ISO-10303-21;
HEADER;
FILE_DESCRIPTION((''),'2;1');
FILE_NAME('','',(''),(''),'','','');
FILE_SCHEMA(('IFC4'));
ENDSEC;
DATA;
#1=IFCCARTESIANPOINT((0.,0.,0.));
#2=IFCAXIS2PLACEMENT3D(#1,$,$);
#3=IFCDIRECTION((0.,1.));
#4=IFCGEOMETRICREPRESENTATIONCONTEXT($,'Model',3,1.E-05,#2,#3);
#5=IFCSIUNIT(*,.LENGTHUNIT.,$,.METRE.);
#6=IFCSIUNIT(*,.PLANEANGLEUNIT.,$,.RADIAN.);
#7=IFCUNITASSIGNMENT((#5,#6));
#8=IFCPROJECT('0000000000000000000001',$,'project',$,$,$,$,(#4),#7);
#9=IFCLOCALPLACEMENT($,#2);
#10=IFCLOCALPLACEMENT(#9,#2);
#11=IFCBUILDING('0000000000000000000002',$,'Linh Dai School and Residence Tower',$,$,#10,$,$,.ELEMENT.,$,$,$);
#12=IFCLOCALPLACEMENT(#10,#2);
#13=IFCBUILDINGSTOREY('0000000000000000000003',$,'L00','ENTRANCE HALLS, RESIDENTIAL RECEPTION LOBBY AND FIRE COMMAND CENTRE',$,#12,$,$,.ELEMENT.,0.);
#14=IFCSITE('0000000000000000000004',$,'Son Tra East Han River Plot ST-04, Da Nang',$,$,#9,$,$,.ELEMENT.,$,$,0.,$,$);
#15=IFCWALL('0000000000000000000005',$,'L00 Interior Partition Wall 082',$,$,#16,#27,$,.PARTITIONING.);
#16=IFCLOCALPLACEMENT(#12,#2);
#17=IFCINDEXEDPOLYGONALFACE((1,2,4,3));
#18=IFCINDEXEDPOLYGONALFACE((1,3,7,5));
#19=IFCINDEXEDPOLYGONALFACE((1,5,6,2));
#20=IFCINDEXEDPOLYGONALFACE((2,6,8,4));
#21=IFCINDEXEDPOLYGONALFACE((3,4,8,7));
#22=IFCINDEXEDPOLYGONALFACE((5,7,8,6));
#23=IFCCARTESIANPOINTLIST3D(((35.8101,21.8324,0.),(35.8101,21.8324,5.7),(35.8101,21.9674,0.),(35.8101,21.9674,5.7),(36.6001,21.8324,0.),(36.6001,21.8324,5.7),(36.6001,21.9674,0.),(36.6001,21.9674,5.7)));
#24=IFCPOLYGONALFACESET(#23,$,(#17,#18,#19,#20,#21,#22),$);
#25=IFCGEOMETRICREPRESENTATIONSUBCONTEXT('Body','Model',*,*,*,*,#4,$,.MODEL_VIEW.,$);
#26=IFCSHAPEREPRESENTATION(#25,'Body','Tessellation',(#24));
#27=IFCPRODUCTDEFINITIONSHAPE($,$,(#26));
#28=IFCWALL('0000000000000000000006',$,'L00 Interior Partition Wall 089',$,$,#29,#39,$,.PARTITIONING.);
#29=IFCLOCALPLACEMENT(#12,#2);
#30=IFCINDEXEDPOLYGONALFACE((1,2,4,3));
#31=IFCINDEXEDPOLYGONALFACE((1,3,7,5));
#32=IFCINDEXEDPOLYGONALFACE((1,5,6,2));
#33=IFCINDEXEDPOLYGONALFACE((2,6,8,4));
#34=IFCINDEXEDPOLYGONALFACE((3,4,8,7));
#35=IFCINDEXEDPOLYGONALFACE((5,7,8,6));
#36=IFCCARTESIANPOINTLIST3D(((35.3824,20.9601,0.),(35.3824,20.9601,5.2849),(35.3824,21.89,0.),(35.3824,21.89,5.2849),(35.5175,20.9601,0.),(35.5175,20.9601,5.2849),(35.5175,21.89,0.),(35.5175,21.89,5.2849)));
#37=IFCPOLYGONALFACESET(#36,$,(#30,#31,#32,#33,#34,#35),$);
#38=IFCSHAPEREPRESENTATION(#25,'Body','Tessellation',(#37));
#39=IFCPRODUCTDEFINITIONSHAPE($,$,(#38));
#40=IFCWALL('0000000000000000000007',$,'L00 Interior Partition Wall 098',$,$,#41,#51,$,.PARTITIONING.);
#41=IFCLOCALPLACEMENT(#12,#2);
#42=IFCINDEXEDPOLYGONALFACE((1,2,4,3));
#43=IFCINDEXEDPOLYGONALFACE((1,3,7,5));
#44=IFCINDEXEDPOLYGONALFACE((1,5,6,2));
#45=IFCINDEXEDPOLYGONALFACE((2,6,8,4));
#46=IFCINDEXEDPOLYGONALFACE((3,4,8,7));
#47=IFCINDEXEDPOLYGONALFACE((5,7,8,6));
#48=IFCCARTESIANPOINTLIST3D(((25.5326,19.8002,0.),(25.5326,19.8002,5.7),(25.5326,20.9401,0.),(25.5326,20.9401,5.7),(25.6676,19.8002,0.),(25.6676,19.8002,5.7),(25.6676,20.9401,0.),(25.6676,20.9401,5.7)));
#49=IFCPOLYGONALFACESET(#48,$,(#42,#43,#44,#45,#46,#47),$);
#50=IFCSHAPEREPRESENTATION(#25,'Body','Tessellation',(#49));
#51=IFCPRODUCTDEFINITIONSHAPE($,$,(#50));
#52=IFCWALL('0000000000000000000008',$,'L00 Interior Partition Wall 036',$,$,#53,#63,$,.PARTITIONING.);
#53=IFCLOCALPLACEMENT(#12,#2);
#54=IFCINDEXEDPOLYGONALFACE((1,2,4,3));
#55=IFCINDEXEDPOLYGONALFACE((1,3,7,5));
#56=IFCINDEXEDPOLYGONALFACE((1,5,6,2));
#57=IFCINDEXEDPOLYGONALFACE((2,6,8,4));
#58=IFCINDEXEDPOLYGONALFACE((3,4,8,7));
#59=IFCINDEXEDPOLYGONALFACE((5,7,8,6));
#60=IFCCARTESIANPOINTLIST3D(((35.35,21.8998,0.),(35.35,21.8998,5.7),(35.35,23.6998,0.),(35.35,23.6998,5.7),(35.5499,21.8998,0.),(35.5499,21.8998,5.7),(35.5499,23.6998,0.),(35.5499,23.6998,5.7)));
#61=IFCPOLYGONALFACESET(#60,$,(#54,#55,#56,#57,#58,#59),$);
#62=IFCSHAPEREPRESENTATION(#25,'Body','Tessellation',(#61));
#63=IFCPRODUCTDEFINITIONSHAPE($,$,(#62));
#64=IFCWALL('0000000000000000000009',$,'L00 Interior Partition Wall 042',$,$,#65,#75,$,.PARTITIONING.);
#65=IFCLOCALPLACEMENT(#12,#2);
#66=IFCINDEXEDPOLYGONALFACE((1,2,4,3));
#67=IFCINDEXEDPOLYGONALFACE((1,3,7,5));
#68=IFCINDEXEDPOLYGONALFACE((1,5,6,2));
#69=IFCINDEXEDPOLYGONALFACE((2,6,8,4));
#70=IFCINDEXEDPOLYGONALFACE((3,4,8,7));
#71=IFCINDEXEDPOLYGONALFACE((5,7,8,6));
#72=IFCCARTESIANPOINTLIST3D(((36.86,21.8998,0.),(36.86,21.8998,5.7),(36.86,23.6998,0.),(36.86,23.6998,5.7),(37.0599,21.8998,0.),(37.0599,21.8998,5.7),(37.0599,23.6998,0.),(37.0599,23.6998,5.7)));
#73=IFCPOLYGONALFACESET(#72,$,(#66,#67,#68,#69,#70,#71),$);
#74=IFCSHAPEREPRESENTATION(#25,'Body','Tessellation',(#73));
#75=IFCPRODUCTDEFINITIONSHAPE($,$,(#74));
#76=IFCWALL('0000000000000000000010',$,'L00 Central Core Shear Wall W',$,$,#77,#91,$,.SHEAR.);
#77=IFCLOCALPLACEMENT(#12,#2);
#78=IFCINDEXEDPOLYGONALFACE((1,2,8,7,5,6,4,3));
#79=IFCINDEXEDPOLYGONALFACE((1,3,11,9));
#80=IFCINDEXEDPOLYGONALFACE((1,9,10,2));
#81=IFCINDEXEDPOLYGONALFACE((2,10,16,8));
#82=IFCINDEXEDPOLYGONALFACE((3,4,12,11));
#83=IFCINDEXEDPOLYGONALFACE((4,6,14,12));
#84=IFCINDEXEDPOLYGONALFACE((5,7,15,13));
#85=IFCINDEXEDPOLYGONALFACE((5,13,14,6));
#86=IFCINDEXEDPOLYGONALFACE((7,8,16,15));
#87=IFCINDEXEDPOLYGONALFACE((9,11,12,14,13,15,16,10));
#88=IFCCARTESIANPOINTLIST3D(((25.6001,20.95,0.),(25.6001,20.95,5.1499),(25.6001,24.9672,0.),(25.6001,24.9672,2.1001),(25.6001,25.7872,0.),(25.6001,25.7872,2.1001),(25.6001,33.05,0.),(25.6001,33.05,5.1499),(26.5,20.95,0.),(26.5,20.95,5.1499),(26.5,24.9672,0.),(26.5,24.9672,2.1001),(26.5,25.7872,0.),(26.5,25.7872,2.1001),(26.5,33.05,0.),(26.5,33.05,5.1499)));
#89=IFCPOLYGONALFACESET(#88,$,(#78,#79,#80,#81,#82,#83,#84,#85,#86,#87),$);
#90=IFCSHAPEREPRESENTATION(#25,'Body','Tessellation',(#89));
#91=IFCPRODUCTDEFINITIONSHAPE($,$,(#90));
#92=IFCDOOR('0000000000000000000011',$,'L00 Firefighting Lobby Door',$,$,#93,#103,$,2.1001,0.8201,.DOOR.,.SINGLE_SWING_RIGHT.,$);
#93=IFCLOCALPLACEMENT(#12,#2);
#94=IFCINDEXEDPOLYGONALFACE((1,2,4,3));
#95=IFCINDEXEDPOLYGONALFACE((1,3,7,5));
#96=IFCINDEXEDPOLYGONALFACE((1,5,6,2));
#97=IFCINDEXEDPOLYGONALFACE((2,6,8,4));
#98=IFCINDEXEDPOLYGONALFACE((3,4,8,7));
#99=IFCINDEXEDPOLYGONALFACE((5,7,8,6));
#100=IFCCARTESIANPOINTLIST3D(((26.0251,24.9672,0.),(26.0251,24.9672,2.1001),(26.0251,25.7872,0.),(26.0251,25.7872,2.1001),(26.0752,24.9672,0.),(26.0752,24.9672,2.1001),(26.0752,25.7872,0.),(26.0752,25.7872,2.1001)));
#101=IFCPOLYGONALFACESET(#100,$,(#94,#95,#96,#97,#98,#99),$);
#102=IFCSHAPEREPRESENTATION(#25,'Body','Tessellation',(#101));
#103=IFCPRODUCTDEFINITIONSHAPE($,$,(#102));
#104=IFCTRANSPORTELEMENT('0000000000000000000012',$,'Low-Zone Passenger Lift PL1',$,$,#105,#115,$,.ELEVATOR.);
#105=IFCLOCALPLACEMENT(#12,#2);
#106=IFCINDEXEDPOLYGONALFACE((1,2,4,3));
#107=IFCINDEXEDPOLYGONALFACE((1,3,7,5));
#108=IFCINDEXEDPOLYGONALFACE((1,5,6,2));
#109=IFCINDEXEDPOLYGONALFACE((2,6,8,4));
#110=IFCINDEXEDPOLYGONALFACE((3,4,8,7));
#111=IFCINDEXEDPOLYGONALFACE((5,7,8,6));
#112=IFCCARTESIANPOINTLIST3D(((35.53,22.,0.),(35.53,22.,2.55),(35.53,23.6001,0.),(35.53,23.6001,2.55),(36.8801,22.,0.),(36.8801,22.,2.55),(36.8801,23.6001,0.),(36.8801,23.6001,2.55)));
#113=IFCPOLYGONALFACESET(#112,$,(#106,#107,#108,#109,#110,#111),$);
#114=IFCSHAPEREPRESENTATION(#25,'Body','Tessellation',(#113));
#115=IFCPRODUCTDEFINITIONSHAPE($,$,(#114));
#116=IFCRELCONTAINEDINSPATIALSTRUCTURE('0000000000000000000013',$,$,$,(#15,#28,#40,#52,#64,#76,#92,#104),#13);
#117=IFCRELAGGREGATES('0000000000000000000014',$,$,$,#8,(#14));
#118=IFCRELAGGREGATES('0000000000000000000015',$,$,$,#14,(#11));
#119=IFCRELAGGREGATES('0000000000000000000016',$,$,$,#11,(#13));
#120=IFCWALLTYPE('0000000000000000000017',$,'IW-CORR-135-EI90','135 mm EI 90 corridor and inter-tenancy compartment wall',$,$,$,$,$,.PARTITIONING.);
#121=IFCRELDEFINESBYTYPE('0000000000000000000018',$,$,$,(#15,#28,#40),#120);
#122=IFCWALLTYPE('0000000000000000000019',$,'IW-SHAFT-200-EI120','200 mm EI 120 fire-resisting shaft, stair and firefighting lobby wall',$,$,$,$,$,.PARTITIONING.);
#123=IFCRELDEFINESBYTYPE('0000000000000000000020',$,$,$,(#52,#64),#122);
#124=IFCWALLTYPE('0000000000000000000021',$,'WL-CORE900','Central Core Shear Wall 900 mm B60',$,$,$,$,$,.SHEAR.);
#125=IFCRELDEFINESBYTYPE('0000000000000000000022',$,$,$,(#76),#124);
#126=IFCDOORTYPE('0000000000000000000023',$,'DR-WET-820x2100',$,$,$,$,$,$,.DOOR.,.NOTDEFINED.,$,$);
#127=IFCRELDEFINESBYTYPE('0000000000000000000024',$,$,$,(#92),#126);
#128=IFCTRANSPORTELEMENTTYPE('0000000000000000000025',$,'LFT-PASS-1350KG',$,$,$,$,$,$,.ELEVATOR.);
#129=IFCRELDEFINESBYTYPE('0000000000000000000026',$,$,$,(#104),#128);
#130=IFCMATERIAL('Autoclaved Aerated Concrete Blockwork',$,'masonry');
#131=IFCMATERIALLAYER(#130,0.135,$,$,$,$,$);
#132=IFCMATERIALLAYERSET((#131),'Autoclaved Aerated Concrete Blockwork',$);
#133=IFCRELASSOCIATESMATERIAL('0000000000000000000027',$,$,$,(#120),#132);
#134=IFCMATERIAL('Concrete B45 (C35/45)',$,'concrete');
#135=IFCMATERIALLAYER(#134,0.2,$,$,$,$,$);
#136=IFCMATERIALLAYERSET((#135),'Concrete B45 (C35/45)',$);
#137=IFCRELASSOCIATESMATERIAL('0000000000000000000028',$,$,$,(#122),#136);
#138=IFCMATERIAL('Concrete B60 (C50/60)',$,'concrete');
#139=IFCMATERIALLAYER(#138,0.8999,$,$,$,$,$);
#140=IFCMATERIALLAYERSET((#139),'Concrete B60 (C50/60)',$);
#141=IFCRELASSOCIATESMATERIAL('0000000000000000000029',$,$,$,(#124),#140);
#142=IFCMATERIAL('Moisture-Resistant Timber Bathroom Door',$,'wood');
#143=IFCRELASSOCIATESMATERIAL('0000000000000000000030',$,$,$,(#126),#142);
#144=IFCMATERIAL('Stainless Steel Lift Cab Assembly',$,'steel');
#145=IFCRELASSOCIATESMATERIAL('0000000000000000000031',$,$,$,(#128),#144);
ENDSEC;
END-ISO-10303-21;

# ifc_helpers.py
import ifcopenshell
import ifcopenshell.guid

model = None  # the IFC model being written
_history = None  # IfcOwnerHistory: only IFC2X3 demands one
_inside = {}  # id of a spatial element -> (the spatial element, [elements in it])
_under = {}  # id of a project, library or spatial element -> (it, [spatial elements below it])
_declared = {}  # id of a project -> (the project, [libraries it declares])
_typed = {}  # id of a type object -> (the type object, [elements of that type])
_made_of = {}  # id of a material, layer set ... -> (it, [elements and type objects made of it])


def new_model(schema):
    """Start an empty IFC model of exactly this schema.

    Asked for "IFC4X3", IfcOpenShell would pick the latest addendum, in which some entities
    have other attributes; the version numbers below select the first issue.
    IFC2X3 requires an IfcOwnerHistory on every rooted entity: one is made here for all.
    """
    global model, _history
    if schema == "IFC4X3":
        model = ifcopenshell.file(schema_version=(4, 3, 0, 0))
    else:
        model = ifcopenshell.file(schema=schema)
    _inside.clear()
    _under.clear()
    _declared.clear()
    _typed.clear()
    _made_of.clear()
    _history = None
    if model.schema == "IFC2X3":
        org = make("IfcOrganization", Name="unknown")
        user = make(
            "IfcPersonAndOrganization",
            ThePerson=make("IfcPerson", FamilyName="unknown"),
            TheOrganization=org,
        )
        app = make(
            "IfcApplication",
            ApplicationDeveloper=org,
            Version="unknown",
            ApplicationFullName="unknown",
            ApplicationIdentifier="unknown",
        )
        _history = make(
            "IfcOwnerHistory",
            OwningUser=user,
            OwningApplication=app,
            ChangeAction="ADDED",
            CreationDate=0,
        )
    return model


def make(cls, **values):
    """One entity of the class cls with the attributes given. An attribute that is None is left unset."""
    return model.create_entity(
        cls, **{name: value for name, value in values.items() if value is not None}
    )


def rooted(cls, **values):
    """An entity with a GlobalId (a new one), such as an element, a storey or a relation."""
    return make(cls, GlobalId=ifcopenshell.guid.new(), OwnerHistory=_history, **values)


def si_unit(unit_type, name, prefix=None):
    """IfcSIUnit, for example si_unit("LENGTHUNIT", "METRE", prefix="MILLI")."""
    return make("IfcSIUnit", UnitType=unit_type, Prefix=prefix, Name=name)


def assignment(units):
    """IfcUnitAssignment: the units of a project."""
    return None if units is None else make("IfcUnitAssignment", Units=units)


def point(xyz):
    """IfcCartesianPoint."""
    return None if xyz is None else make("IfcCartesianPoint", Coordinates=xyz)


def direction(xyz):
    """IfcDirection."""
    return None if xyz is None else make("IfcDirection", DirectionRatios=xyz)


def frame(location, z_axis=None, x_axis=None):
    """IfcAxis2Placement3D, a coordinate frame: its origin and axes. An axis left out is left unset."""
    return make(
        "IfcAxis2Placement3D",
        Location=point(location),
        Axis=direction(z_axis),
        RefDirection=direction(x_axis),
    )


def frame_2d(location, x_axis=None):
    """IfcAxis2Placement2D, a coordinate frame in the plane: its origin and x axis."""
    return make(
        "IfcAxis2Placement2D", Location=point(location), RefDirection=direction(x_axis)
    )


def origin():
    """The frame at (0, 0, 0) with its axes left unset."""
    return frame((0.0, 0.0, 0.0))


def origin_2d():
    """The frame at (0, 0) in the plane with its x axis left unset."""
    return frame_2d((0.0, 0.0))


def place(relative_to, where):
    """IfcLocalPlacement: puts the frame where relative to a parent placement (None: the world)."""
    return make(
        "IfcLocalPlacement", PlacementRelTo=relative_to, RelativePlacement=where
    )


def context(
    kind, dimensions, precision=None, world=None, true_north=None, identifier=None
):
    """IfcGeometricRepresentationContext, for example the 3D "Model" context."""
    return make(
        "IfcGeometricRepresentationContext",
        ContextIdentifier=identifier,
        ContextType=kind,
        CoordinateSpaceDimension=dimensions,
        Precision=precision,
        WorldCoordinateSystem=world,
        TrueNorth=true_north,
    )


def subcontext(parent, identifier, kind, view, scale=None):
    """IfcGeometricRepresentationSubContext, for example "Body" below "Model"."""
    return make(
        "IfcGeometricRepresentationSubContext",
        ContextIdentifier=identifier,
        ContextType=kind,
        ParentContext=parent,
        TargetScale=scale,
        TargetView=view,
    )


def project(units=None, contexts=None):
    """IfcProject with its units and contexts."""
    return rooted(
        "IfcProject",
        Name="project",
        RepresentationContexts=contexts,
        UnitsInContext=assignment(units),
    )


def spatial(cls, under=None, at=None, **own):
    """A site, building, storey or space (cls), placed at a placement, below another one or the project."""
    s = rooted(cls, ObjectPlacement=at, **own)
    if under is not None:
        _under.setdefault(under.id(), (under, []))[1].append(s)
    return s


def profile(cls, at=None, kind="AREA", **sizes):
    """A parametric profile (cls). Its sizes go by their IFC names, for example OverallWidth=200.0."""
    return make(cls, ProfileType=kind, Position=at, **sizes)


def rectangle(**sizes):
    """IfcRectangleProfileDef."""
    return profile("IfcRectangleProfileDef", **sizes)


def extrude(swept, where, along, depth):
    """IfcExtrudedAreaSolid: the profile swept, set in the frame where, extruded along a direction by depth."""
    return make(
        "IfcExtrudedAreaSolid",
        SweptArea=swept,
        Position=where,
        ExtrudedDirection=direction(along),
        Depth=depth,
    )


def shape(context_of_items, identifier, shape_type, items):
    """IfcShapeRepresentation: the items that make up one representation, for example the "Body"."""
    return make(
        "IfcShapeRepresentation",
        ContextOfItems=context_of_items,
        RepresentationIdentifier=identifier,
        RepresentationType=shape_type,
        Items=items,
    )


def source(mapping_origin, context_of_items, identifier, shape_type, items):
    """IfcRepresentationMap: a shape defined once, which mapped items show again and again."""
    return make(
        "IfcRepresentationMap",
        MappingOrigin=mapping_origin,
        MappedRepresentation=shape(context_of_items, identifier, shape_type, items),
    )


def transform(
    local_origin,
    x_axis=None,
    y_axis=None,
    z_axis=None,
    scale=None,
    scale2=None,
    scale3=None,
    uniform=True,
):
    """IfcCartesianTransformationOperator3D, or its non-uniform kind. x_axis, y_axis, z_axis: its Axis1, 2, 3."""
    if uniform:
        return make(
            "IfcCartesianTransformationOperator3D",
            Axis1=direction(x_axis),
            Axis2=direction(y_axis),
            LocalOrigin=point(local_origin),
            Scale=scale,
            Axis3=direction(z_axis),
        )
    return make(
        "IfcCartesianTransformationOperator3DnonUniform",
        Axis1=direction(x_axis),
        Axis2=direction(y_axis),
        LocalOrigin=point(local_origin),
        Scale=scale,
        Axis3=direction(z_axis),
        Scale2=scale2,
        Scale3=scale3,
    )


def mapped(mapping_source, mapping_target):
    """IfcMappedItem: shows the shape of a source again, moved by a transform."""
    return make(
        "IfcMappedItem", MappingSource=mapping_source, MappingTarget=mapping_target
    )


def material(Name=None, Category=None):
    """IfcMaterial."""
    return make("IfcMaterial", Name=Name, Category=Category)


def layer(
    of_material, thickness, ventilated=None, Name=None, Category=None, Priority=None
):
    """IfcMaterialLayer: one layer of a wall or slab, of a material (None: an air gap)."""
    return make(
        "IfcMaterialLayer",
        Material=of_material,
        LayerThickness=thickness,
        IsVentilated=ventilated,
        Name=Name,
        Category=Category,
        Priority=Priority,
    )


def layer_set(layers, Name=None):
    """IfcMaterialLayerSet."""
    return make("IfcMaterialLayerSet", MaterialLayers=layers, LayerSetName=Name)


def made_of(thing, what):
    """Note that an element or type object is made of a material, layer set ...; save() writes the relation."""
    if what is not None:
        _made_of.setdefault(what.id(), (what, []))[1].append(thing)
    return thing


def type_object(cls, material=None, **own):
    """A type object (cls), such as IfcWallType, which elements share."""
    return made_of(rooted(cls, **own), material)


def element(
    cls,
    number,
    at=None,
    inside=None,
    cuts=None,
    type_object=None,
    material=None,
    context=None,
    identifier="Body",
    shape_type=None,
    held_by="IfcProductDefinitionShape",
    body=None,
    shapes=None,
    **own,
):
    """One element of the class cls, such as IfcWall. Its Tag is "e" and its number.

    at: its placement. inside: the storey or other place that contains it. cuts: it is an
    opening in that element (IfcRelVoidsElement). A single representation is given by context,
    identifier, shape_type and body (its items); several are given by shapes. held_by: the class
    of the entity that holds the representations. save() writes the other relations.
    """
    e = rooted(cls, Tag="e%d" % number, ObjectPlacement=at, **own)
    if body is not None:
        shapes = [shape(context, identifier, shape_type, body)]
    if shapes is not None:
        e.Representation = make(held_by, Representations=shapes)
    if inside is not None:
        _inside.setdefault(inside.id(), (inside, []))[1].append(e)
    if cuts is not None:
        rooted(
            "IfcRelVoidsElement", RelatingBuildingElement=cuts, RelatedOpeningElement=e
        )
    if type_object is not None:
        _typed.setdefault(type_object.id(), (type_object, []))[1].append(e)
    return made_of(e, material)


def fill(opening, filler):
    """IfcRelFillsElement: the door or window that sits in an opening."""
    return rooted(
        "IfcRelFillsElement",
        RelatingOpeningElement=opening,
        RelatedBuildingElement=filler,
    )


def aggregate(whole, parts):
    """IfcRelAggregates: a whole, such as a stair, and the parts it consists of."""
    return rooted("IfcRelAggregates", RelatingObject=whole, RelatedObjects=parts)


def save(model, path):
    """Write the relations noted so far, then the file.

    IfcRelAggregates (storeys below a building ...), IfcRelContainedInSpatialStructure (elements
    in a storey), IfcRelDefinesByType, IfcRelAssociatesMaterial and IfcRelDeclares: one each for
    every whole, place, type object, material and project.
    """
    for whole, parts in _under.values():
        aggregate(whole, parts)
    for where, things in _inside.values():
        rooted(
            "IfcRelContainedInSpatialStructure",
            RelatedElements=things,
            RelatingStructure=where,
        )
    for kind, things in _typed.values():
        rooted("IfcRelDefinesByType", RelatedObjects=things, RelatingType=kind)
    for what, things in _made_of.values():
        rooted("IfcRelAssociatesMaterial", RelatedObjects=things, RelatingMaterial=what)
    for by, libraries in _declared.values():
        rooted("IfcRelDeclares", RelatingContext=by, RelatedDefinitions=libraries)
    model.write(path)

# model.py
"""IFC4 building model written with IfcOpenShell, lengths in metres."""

from ifc_helpers import new_model, si_unit, direction, frame, frame_2d, origin, origin_2d, place, context, subcontext, project, spatial, rectangle, extrude, source, transform, mapped, material, layer, layer_set, type_object, element, fill, save


model = new_model("IFC4")

# Units and contexts
model_context = context("Model", 3, precision=1e-05, world=origin(), true_north=direction((0.0, 1.0)))
body_context = subcontext(model_context, "Body", "Model", "MODEL_VIEW")
ifc_project = project(units=[si_unit("LENGTHUNIT", "METRE"), si_unit("PLANEANGLEUNIT", "RADIAN")], contexts=[model_context])

# Site, building, storey
site_placement = place(None, origin())
site = spatial("IfcSite", under=ifc_project, at=site_placement, Name="Son Tra East Han River Plot ST-04, Da Nang", CompositionType="ELEMENT", RefElevation=0.0)
building_placement = place(site_placement, origin())
building = spatial("IfcBuilding", under=site, at=building_placement, Name="Linh Dai School and Residence Tower", CompositionType="ELEMENT")
storey_placement = place(building_placement, origin())
storey = spatial("IfcBuildingStorey", under=building, at=storey_placement, Name="L00", Description="ENTRANCE HALLS, RESIDENTIAL RECEPTION LOBBY AND FIRE COMMAND CENTRE", CompositionType="ELEMENT", Elevation=0.0)

# Shared definitions
ifc_material_1 = material(Name="Concrete B60 (C50/60)", Category="concrete")

# Walls
ifc_material_2 = material(Name="Autoclaved Aerated Concrete Blockwork", Category="masonry")
ifc_layer_1 = layer(ifc_material_2, 0.135)
ifc_layer_set_1 = layer_set([ifc_layer_1], Name="Autoclaved Aerated Concrete Blockwork")
wall_type_1 = type_object("IfcWallType", Name="IW-CORR-135-EI90", Description="135 mm EI 90 corridor and inter-tenancy compartment wall", PredefinedType="PARTITIONING", material=ifc_layer_set_1)
wall_1_placement = place(storey_placement, frame((36.6001, 21.8999, 0.0), z_axis=(0.0, 0.0, 1.0), x_axis=(-1.0, 0.0, 0.0)))
element("IfcWall", 1, at=wall_1_placement, inside=storey, type_object=wall_type_1, Name="L00 Interior Partition Wall 082", PredefinedType="PARTITIONING", context=body_context, shape_type="SweptSolid", body=[
    extrude(rectangle(XDim=0.79, YDim=0.135, at=frame_2d((0.395, 0.0))), origin(), (0.0, 0.0, 1.0), 5.7),
])
wall_2_placement = place(storey_placement, frame((35.45, 21.8899, 0.0), z_axis=(0.0, 0.0, 1.0), x_axis=(0.0, -1.0, 0.0)))
element("IfcWall", 2, at=wall_2_placement, inside=storey, type_object=wall_type_1, Name="L00 Interior Partition Wall 089", PredefinedType="PARTITIONING", context=body_context, shape_type="SweptSolid", body=[
    extrude(rectangle(XDim=0.9299, YDim=0.135, at=frame_2d((0.4648, 0.0))), origin(), (0.0, 0.0, 1.0), 5.2849),
])
wall_3_placement = place(storey_placement, frame((25.6001, 20.9399, 0.0), z_axis=(0.0, 0.0, 1.0), x_axis=(0.0, -1.0, 0.0)))
element("IfcWall", 3, at=wall_3_placement, inside=storey, type_object=wall_type_1, Name="L00 Interior Partition Wall 098", PredefinedType="PARTITIONING", context=body_context, shape_type="SweptSolid", body=[
    extrude(rectangle(XDim=1.1399, YDim=0.135, at=frame_2d((0.5698, 0.0))), origin(), (0.0, 0.0, 1.0), 5.7),
])

# Shared definitions
ifc_material_3 = material(Name="Concrete B45 (C35/45)", Category="concrete")
ifc_layer_2 = layer(ifc_material_3, 0.2)
ifc_layer_set_2 = layer_set([ifc_layer_2], Name="Concrete B45 (C35/45)")
wall_type_2 = type_object("IfcWallType", Name="IW-SHAFT-200-EI120", Description="200 mm EI 120 fire-resisting shaft, stair and firefighting lobby wall", PredefinedType="PARTITIONING", material=ifc_layer_set_2)

# Wall
wall_4_placement = place(storey_placement, frame((35.45, 21.8999, 0.0), z_axis=(0.0, 0.0, 1.0), x_axis=(0.0, 1.0, 0.0)))
element("IfcWall", 4, at=wall_4_placement, inside=storey, type_object=wall_type_2, Name="L00 Interior Partition Wall 036", PredefinedType="PARTITIONING", context=body_context, shape_type="SweptSolid", body=[
    extrude(rectangle(XDim=1.8, YDim=0.2, at=frame_2d((0.8999, 0.0))), origin(), (0.0, 0.0, 1.0), 5.7),
])

# Wall
wall_5_placement = place(storey_placement, frame((36.96, 21.8999, 0.0), z_axis=(0.0, 0.0, 1.0), x_axis=(0.0, 1.0, 0.0)))
element("IfcWall", 5, at=wall_5_placement, inside=storey, type_object=wall_type_2, Name="L00 Interior Partition Wall 042", PredefinedType="PARTITIONING", context=body_context, shape_type="SweptSolid", body=[
    extrude(rectangle(XDim=1.8, YDim=0.2, at=frame_2d((0.8999, 0.0))), origin(), (0.0, 0.0, 1.0), 5.7),
])

# Wall, opening, door
ifc_layer_3 = layer(ifc_material_1, 0.8999)
ifc_layer_set_3 = layer_set([ifc_layer_3], Name="Concrete B60 (C50/60)")
wall_type_3 = type_object("IfcWallType", Name="WL-CORE900", Description="Central Core Shear Wall 900 mm B60", PredefinedType="SHEAR", material=ifc_layer_set_3)
wall_6_placement = place(storey_placement, frame((26.05, 20.95, 0.0), z_axis=(0.0, 0.0, 1.0), x_axis=(0.0, 1.0, 0.0)))
wall_6 = element("IfcWall", 6, at=wall_6_placement, inside=storey, type_object=wall_type_3, Name="L00 Central Core Shear Wall W", PredefinedType="SHEAR", context=body_context, shape_type="SweptSolid", body=[
    extrude(rectangle(XDim=12.1001, YDim=0.8999, at=frame_2d((6.05, 0.0))), origin(), (0.0, 0.0, 1.0), 5.1499),
])
opening_1_placement = place(wall_6_placement, frame((4.0171, 0.0, 0.0)))
opening_1 = element("IfcOpeningElement", 7, at=opening_1_placement, cuts=wall_6, PredefinedType="OPENING", context=body_context, shape_type="SweptSolid", body=[
    extrude(rectangle(XDim=0.8201, YDim=2.1001, at=origin_2d()), frame((0.4102, 0.46, 1.05), z_axis=(0.0, -1.0, 0.0), x_axis=(1.0, 0.0, 0.0)), (0.0, 0.0, 1.0), 0.9199),
])
ifc_material_4 = material(Name="Moisture-Resistant Timber Bathroom Door", Category="wood")
door_type_1 = type_object("IfcDoorType", Name="DR-WET-820x2100", OperationType="NOTDEFINED", PredefinedType="DOOR", material=ifc_material_4)
shared_shape_1 = source(origin(), body_context, "Body", "SweptSolid", [
    extrude(rectangle(XDim=0.8201, YDim=2.1001, at=origin_2d()), frame((0.4102, 0.0249, 1.05), z_axis=(0.0, -1.0, 0.0), x_axis=(1.0, 0.0, 0.0)), (0.0, 0.0, 1.0), 0.05),
])
door_1_placement = place(opening_1_placement, origin())
door_1 = element("IfcDoor", 8, at=door_1_placement, inside=storey, type_object=door_type_1, Name="L00 Firefighting Lobby Door", OperationType="SINGLE_SWING_RIGHT", OverallHeight=2.1001, OverallWidth=0.8201, PredefinedType="DOOR", context=body_context, shape_type="MappedRepresentation", body=[
    mapped(shared_shape_1, transform((0.0, 0.0, 0.0), x_axis=(1.0, 0.0, 0.0), y_axis=(0.0, 1.0, 0.0), z_axis=(0.0, 0.0, 1.0), scale=1.0)),
])
fill(opening_1, door_1)

# Transport element
ifc_material_5 = material(Name="Stainless Steel Lift Cab Assembly", Category="steel")
transport_element_type = type_object("IfcTransportElementType", Name="LFT-PASS-1350KG", PredefinedType="ELEVATOR", material=ifc_material_5)
shared_shape_2 = source(origin(), body_context, "Body", "SweptSolid", [
    extrude(rectangle(XDim=1.3501, YDim=1.6001, at=origin_2d()), origin(), (0.0, 0.0, 1.0), 2.55),
])
transport_element_placement = place(storey_placement, frame((36.2051, 22.8, 0.0), z_axis=(0.0, 0.0, 1.0), x_axis=(1.0, 0.0, 0.0)))
element("IfcTransportElement", 9, at=transport_element_placement, inside=storey, type_object=transport_element_type, Name="Low-Zone Passenger Lift PL1", PredefinedType="ELEVATOR", context=body_context, shape_type="MappedRepresentation", body=[
    mapped(shared_shape_2, transform((0.0, 0.0, 0.0), x_axis=(1.0, 0.0, 0.0), y_axis=(0.0, 1.0, 0.0), z_axis=(0.0, 0.0, 1.0), scale=1.0)),
])

save(model, "model.ifc")
